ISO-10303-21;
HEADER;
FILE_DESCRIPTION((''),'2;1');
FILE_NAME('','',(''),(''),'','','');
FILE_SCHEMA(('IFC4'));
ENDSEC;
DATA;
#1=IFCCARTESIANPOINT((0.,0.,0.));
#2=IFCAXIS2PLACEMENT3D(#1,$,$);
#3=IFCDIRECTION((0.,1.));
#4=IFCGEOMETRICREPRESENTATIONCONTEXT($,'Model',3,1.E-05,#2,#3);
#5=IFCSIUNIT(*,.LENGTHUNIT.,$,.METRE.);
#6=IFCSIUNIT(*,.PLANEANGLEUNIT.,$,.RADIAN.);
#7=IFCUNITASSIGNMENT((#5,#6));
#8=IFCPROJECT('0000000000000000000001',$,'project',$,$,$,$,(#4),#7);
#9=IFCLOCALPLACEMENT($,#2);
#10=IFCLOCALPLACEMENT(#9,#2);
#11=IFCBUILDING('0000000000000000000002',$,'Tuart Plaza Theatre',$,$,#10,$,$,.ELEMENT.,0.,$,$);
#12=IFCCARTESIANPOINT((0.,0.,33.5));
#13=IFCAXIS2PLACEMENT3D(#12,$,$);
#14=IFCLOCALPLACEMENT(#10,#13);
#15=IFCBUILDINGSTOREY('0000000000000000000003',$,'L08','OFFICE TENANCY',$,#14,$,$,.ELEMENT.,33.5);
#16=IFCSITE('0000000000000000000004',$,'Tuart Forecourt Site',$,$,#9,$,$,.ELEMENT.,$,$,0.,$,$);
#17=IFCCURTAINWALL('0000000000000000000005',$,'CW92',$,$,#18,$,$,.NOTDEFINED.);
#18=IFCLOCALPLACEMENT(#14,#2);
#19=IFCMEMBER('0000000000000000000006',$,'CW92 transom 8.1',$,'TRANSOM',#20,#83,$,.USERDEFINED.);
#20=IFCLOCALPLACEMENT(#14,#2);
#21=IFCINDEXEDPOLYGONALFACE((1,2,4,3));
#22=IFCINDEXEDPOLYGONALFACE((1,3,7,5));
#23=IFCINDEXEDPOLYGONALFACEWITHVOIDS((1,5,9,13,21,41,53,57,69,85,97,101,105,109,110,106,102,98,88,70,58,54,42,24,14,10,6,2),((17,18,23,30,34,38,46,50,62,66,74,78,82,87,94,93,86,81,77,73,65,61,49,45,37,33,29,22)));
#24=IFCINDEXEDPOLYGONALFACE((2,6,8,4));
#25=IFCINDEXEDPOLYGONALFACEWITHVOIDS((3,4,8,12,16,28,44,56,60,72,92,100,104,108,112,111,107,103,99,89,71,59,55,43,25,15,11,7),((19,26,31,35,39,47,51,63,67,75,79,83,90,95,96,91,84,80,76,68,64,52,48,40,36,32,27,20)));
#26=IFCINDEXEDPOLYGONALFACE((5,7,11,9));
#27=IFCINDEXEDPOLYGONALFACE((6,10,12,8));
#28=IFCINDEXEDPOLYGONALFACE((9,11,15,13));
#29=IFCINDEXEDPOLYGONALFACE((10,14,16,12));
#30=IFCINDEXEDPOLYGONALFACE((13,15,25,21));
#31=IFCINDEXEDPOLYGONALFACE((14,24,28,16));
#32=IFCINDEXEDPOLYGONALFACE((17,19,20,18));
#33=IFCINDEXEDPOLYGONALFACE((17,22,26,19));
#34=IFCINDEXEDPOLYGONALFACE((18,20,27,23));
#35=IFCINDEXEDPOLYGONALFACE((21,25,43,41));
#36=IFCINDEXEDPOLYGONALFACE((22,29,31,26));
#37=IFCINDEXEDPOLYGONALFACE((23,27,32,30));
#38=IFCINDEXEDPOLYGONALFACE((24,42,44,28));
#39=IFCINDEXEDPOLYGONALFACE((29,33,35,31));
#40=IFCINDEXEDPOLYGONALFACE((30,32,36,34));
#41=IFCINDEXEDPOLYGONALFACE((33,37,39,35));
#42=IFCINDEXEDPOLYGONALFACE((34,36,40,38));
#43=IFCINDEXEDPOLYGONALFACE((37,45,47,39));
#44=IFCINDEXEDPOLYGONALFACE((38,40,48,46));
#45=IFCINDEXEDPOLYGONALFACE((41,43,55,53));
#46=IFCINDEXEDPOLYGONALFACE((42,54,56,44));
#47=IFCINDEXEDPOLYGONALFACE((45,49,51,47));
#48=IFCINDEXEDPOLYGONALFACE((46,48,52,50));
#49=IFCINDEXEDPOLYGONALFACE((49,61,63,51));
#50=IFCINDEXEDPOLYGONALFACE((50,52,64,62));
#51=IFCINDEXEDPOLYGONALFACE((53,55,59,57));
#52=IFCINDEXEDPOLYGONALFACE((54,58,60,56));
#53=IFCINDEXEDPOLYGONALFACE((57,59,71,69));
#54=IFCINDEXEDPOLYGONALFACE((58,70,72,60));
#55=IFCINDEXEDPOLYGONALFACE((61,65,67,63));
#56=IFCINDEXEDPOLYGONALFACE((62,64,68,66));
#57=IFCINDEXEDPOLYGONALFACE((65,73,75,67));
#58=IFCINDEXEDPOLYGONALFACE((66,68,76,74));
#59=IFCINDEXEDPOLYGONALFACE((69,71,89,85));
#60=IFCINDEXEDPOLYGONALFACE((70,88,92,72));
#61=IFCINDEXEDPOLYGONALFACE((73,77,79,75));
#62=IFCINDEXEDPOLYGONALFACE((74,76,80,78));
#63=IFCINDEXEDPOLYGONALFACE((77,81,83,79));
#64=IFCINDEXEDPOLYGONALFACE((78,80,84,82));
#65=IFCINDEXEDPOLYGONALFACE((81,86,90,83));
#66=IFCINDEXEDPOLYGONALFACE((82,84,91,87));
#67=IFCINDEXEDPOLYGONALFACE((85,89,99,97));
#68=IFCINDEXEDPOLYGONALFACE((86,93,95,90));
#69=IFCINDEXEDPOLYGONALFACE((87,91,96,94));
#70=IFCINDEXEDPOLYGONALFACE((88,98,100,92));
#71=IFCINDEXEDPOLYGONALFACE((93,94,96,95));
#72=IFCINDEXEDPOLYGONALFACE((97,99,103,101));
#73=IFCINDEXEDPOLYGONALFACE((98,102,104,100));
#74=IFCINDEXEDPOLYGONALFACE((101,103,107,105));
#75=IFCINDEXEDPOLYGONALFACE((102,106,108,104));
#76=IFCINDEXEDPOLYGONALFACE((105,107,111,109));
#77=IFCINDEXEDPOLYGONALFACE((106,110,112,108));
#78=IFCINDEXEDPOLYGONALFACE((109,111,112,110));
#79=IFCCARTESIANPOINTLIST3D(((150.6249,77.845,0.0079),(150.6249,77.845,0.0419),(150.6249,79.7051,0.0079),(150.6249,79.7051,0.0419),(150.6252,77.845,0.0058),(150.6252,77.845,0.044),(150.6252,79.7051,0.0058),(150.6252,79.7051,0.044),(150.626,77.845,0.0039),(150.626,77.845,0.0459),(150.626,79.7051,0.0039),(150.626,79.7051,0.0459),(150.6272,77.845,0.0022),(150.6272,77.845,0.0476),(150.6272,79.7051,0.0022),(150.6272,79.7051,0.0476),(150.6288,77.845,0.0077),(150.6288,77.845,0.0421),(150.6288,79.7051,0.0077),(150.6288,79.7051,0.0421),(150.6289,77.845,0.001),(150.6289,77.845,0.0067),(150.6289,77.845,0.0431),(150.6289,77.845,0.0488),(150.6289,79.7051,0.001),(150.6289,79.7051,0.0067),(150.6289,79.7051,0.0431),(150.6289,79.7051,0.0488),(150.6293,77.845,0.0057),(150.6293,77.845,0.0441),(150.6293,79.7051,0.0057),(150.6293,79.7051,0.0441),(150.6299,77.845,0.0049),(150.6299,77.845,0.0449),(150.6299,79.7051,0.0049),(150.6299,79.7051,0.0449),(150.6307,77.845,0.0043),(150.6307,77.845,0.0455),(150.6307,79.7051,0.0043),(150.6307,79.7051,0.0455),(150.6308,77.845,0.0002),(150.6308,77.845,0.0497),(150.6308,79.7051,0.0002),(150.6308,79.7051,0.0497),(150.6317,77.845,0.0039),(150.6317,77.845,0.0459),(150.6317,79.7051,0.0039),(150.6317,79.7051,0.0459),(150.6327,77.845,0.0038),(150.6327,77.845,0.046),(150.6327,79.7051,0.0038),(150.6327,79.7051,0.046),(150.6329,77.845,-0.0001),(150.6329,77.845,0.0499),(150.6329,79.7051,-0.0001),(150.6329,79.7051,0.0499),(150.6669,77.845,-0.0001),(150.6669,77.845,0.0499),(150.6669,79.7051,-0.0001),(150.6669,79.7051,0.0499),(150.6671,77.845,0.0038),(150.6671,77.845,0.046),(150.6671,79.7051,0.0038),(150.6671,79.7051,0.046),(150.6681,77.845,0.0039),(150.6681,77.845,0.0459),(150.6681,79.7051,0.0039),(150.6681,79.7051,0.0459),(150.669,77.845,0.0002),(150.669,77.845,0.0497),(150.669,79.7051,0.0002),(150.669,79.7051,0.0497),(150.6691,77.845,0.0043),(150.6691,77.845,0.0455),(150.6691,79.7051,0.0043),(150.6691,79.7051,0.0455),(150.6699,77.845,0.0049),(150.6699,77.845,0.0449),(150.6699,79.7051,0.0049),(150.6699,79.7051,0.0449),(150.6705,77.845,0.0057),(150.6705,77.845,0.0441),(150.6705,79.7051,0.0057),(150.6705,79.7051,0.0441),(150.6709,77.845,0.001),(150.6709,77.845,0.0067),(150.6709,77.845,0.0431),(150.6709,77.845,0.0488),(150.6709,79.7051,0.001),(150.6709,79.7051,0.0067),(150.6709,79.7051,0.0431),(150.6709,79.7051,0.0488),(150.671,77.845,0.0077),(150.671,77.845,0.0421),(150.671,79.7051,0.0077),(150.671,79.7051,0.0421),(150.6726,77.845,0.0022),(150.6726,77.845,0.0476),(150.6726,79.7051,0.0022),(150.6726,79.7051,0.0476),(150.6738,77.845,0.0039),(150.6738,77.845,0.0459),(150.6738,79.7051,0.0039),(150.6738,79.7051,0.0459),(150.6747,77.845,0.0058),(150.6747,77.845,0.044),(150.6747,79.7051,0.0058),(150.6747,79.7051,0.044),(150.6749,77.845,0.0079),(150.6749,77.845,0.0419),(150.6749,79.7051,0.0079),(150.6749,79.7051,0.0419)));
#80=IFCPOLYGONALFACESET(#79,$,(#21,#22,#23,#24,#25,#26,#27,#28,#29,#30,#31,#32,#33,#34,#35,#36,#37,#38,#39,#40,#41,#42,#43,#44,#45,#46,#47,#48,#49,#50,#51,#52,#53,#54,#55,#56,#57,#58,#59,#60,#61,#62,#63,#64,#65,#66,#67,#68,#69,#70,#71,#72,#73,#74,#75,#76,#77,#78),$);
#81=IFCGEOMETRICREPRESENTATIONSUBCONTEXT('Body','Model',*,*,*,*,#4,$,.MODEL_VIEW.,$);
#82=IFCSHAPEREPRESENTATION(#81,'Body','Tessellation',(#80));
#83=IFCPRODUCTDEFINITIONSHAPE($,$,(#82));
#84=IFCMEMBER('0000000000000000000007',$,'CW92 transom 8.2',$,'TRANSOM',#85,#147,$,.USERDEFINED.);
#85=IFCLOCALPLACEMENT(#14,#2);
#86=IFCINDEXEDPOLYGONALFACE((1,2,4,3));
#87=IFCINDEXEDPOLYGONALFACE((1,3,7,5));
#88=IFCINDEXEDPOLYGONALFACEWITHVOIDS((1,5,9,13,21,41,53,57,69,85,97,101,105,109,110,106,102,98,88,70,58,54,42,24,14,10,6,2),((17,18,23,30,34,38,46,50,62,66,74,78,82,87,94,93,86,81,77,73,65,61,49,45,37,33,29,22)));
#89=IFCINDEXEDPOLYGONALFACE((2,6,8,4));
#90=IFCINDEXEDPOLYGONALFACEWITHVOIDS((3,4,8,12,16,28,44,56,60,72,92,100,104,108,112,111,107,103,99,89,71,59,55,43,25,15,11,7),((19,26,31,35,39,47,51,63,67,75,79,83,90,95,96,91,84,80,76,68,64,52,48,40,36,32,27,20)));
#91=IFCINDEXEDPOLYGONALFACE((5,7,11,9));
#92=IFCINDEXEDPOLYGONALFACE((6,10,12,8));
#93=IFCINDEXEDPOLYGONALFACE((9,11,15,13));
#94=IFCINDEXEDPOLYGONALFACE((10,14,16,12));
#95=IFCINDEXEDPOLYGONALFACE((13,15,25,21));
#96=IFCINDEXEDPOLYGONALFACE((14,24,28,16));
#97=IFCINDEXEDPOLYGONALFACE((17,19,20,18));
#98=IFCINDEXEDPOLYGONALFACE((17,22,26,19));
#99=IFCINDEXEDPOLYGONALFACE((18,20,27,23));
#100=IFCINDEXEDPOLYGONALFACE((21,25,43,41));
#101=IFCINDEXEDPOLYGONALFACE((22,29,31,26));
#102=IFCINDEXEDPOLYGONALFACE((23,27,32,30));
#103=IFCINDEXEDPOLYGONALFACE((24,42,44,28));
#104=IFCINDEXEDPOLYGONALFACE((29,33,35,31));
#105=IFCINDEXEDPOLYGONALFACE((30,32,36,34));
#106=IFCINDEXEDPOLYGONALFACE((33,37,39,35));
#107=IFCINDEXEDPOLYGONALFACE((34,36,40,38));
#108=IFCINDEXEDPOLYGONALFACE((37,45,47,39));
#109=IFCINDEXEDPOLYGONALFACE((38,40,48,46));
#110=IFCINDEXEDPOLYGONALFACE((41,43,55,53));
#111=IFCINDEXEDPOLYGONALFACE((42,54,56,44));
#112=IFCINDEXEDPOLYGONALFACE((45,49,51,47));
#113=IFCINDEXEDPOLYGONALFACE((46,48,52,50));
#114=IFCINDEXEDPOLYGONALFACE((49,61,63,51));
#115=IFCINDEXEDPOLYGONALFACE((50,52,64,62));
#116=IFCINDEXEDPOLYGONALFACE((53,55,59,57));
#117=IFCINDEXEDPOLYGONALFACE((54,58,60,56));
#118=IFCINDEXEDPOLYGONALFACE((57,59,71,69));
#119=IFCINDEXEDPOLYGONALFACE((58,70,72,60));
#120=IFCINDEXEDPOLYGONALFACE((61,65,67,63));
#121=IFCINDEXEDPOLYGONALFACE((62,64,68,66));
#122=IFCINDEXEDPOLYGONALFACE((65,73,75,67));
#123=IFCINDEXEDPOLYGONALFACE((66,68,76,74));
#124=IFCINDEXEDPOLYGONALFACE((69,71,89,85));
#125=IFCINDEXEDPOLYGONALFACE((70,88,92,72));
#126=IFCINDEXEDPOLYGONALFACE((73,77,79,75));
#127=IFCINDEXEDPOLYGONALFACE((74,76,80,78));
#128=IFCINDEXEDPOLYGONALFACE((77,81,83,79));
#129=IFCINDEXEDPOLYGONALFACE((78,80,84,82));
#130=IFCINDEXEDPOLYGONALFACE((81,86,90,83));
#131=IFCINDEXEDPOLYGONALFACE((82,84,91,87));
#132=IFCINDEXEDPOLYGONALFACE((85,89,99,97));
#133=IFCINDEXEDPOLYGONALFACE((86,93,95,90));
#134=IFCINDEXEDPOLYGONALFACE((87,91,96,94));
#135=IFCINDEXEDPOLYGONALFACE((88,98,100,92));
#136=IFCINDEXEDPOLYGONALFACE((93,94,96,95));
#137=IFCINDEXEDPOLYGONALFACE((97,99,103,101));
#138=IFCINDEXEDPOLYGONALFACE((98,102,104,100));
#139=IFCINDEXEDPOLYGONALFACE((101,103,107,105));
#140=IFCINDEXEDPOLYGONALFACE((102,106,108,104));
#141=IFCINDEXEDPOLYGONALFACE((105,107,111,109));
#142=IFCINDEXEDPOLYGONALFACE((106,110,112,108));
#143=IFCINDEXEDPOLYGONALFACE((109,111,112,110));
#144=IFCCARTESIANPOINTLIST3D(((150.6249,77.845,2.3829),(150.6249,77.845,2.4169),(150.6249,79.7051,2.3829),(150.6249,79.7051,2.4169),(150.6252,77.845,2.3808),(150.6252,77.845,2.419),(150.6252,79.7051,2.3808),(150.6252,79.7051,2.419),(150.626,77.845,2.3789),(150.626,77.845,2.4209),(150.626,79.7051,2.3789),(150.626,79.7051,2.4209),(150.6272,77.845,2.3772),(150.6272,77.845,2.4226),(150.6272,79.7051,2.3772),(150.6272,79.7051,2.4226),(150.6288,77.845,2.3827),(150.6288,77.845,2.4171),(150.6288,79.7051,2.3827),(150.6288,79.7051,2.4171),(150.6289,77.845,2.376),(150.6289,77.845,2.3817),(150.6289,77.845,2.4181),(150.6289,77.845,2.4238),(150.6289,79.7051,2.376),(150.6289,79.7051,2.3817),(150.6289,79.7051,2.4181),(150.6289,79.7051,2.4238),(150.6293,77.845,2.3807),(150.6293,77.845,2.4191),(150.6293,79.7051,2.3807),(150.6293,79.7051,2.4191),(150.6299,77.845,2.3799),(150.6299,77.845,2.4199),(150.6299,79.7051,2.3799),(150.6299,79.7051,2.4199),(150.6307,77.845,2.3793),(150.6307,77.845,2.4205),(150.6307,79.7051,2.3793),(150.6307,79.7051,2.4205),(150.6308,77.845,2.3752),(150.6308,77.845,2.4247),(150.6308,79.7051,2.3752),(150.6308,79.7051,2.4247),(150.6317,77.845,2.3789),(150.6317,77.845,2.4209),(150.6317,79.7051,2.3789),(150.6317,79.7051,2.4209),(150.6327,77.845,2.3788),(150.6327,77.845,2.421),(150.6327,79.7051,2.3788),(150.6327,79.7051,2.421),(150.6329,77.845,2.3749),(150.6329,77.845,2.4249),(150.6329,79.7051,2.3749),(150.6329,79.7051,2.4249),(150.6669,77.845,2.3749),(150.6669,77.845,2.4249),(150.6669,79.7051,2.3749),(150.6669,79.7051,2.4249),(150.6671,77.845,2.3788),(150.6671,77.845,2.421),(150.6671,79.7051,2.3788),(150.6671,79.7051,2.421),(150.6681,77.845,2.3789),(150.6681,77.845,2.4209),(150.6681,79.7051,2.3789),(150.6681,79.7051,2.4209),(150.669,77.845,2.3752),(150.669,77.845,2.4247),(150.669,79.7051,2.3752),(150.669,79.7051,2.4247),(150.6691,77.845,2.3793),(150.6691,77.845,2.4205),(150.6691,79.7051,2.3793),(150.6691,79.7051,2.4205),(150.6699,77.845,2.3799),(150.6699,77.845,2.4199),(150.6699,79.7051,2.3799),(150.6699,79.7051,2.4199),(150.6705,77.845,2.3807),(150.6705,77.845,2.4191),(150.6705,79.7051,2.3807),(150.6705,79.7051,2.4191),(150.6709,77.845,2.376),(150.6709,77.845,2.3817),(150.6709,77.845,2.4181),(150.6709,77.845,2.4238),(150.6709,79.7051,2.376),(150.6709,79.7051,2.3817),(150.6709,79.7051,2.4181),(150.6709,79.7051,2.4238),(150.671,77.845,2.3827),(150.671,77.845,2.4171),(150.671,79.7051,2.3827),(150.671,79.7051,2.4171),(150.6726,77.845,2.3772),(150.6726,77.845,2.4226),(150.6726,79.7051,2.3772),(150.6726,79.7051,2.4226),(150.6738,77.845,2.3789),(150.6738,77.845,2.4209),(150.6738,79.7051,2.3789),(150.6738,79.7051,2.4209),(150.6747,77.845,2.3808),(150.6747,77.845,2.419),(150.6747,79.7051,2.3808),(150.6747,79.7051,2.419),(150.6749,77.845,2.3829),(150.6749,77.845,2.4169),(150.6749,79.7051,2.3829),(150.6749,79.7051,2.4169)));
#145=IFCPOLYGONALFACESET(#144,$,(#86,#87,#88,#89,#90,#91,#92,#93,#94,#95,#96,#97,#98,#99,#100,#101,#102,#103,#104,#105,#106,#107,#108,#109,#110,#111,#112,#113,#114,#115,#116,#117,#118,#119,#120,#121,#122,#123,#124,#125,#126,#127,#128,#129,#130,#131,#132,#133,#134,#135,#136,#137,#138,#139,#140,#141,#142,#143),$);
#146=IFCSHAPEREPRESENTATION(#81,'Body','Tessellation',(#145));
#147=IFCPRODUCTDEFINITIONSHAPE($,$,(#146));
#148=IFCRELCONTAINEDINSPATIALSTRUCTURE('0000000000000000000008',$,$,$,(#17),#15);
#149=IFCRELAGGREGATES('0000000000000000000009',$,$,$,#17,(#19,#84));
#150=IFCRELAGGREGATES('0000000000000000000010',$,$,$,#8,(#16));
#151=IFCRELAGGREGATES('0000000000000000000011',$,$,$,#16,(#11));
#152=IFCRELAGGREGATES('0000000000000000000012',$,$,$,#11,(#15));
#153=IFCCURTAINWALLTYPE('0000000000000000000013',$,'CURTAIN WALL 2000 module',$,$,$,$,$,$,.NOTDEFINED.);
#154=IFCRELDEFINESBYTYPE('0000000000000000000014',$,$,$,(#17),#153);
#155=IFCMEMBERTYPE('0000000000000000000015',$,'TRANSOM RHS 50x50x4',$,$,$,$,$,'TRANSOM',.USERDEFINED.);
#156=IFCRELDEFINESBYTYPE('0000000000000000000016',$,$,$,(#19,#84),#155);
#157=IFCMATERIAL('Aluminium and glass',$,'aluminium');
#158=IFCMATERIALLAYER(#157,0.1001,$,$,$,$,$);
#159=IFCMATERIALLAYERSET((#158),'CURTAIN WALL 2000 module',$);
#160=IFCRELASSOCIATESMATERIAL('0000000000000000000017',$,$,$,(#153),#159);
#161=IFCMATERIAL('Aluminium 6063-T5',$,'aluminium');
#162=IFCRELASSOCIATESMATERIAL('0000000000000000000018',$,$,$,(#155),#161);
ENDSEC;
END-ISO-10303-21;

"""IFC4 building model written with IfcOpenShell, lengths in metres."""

from ifc_helpers import new_model, si_unit, direction, frame, origin, origin_2d, place, context, subcontext, project, spatial, hollow_rectangle, extrude, material, layer, layer_set, material_profile, profile_set, type_object, element, aggregate, save


model = new_model("IFC4")

# Units and contexts
model_context = context("Model", 3, precision=1e-05, world=origin(), true_north=direction((0.0, 1.0)))
body_context = subcontext(model_context, "Body", "Model", "MODEL_VIEW")
ifc_project = project(units=[si_unit("LENGTHUNIT", "METRE"), si_unit("PLANEANGLEUNIT", "RADIAN")], contexts=[model_context])

# Site, building, storey
site_placement = place(None, origin())
site = spatial("IfcSite", under=ifc_project, at=site_placement, Name="Tuart Forecourt Site", CompositionType="ELEMENT", RefElevation=0.0)
building_placement = place(site_placement, origin())
building = spatial("IfcBuilding", under=site, at=building_placement, Name="Tuart Plaza Theatre", CompositionType="ELEMENT", ElevationOfRefHeight=0.0)
storey_placement = place(building_placement, frame((0.0, 0.0, 33.5)))
storey = spatial("IfcBuildingStorey", under=building, at=storey_placement, Name="L08", Description="OFFICE TENANCY", CompositionType="ELEMENT", Elevation=33.5)

# Curtain wall, members
ifc_material_1 = material(Name="Aluminium and glass", Category="aluminium")
ifc_layer_1 = layer(ifc_material_1, 0.1001)
ifc_layer_set_1 = layer_set([ifc_layer_1], Name="CURTAIN WALL 2000 module")
curtain_wall_type = type_object("IfcCurtainWallType", Name="CURTAIN WALL 2000 module", PredefinedType="NOTDEFINED", material=ifc_layer_set_1)
curtain_wall_placement = place(storey_placement, origin())
curtain_wall = element("IfcCurtainWall", 1, at=curtain_wall_placement, inside=storey, type_object=curtain_wall_type, Name="CW92", PredefinedType="NOTDEFINED")
ifc_material_2 = material(Name="Aluminium 6063-T5", Category="aluminium")
ifc_material_profile_1 = material_profile(ifc_material_2, hollow_rectangle(XDim=0.05, YDim=0.05, WallThickness=0.0039, InnerFilletRadius=0.0039, OuterFilletRadius=0.0081, at=origin_2d()), Name="RHS 50x50x4")
ifc_profile_set_1 = profile_set([ifc_material_profile_1], Name="Aluminium 6063-T5")
member_type_1 = type_object("IfcMemberType", Name="TRANSOM RHS 50x50x4", ElementType="TRANSOM", PredefinedType="USERDEFINED", material=ifc_profile_set_1)
member_1_placement = place(storey_placement, frame((150.6499, 77.845, 0.0249), z_axis=(0.0, 1.0, 0.0), x_axis=(-1.0, 0.0, 0.0)))
member_1 = element("IfcMember", 2, at=member_1_placement, type_object=member_type_1, Name="CW92 transom 8.1", ObjectType="TRANSOM", PredefinedType="USERDEFINED", context=body_context, shape_type="SweptSolid", body=[
    extrude(hollow_rectangle(XDim=0.05, YDim=0.05, WallThickness=0.0039, InnerFilletRadius=0.0039, OuterFilletRadius=0.0081, at=origin_2d()), origin(), (0.0, 0.0, 1.0), 1.8601),
])
member_2_placement = place(storey_placement, frame((150.6499, 77.845, 2.3999), z_axis=(0.0, 1.0, 0.0), x_axis=(-1.0, 0.0, 0.0)))
member_2 = element("IfcMember", 3, at=member_2_placement, type_object=member_type_1, Name="CW92 transom 8.2", ObjectType="TRANSOM", PredefinedType="USERDEFINED", context=body_context, shape_type="SweptSolid", body=[
    extrude(hollow_rectangle(XDim=0.05, YDim=0.05, WallThickness=0.0039, InnerFilletRadius=0.0039, OuterFilletRadius=0.0081, at=origin_2d()), origin(), (0.0, 0.0, 1.0), 1.8601),
])
aggregate(curtain_wall, [member_1, member_2])

save(model, "model.ifc")
